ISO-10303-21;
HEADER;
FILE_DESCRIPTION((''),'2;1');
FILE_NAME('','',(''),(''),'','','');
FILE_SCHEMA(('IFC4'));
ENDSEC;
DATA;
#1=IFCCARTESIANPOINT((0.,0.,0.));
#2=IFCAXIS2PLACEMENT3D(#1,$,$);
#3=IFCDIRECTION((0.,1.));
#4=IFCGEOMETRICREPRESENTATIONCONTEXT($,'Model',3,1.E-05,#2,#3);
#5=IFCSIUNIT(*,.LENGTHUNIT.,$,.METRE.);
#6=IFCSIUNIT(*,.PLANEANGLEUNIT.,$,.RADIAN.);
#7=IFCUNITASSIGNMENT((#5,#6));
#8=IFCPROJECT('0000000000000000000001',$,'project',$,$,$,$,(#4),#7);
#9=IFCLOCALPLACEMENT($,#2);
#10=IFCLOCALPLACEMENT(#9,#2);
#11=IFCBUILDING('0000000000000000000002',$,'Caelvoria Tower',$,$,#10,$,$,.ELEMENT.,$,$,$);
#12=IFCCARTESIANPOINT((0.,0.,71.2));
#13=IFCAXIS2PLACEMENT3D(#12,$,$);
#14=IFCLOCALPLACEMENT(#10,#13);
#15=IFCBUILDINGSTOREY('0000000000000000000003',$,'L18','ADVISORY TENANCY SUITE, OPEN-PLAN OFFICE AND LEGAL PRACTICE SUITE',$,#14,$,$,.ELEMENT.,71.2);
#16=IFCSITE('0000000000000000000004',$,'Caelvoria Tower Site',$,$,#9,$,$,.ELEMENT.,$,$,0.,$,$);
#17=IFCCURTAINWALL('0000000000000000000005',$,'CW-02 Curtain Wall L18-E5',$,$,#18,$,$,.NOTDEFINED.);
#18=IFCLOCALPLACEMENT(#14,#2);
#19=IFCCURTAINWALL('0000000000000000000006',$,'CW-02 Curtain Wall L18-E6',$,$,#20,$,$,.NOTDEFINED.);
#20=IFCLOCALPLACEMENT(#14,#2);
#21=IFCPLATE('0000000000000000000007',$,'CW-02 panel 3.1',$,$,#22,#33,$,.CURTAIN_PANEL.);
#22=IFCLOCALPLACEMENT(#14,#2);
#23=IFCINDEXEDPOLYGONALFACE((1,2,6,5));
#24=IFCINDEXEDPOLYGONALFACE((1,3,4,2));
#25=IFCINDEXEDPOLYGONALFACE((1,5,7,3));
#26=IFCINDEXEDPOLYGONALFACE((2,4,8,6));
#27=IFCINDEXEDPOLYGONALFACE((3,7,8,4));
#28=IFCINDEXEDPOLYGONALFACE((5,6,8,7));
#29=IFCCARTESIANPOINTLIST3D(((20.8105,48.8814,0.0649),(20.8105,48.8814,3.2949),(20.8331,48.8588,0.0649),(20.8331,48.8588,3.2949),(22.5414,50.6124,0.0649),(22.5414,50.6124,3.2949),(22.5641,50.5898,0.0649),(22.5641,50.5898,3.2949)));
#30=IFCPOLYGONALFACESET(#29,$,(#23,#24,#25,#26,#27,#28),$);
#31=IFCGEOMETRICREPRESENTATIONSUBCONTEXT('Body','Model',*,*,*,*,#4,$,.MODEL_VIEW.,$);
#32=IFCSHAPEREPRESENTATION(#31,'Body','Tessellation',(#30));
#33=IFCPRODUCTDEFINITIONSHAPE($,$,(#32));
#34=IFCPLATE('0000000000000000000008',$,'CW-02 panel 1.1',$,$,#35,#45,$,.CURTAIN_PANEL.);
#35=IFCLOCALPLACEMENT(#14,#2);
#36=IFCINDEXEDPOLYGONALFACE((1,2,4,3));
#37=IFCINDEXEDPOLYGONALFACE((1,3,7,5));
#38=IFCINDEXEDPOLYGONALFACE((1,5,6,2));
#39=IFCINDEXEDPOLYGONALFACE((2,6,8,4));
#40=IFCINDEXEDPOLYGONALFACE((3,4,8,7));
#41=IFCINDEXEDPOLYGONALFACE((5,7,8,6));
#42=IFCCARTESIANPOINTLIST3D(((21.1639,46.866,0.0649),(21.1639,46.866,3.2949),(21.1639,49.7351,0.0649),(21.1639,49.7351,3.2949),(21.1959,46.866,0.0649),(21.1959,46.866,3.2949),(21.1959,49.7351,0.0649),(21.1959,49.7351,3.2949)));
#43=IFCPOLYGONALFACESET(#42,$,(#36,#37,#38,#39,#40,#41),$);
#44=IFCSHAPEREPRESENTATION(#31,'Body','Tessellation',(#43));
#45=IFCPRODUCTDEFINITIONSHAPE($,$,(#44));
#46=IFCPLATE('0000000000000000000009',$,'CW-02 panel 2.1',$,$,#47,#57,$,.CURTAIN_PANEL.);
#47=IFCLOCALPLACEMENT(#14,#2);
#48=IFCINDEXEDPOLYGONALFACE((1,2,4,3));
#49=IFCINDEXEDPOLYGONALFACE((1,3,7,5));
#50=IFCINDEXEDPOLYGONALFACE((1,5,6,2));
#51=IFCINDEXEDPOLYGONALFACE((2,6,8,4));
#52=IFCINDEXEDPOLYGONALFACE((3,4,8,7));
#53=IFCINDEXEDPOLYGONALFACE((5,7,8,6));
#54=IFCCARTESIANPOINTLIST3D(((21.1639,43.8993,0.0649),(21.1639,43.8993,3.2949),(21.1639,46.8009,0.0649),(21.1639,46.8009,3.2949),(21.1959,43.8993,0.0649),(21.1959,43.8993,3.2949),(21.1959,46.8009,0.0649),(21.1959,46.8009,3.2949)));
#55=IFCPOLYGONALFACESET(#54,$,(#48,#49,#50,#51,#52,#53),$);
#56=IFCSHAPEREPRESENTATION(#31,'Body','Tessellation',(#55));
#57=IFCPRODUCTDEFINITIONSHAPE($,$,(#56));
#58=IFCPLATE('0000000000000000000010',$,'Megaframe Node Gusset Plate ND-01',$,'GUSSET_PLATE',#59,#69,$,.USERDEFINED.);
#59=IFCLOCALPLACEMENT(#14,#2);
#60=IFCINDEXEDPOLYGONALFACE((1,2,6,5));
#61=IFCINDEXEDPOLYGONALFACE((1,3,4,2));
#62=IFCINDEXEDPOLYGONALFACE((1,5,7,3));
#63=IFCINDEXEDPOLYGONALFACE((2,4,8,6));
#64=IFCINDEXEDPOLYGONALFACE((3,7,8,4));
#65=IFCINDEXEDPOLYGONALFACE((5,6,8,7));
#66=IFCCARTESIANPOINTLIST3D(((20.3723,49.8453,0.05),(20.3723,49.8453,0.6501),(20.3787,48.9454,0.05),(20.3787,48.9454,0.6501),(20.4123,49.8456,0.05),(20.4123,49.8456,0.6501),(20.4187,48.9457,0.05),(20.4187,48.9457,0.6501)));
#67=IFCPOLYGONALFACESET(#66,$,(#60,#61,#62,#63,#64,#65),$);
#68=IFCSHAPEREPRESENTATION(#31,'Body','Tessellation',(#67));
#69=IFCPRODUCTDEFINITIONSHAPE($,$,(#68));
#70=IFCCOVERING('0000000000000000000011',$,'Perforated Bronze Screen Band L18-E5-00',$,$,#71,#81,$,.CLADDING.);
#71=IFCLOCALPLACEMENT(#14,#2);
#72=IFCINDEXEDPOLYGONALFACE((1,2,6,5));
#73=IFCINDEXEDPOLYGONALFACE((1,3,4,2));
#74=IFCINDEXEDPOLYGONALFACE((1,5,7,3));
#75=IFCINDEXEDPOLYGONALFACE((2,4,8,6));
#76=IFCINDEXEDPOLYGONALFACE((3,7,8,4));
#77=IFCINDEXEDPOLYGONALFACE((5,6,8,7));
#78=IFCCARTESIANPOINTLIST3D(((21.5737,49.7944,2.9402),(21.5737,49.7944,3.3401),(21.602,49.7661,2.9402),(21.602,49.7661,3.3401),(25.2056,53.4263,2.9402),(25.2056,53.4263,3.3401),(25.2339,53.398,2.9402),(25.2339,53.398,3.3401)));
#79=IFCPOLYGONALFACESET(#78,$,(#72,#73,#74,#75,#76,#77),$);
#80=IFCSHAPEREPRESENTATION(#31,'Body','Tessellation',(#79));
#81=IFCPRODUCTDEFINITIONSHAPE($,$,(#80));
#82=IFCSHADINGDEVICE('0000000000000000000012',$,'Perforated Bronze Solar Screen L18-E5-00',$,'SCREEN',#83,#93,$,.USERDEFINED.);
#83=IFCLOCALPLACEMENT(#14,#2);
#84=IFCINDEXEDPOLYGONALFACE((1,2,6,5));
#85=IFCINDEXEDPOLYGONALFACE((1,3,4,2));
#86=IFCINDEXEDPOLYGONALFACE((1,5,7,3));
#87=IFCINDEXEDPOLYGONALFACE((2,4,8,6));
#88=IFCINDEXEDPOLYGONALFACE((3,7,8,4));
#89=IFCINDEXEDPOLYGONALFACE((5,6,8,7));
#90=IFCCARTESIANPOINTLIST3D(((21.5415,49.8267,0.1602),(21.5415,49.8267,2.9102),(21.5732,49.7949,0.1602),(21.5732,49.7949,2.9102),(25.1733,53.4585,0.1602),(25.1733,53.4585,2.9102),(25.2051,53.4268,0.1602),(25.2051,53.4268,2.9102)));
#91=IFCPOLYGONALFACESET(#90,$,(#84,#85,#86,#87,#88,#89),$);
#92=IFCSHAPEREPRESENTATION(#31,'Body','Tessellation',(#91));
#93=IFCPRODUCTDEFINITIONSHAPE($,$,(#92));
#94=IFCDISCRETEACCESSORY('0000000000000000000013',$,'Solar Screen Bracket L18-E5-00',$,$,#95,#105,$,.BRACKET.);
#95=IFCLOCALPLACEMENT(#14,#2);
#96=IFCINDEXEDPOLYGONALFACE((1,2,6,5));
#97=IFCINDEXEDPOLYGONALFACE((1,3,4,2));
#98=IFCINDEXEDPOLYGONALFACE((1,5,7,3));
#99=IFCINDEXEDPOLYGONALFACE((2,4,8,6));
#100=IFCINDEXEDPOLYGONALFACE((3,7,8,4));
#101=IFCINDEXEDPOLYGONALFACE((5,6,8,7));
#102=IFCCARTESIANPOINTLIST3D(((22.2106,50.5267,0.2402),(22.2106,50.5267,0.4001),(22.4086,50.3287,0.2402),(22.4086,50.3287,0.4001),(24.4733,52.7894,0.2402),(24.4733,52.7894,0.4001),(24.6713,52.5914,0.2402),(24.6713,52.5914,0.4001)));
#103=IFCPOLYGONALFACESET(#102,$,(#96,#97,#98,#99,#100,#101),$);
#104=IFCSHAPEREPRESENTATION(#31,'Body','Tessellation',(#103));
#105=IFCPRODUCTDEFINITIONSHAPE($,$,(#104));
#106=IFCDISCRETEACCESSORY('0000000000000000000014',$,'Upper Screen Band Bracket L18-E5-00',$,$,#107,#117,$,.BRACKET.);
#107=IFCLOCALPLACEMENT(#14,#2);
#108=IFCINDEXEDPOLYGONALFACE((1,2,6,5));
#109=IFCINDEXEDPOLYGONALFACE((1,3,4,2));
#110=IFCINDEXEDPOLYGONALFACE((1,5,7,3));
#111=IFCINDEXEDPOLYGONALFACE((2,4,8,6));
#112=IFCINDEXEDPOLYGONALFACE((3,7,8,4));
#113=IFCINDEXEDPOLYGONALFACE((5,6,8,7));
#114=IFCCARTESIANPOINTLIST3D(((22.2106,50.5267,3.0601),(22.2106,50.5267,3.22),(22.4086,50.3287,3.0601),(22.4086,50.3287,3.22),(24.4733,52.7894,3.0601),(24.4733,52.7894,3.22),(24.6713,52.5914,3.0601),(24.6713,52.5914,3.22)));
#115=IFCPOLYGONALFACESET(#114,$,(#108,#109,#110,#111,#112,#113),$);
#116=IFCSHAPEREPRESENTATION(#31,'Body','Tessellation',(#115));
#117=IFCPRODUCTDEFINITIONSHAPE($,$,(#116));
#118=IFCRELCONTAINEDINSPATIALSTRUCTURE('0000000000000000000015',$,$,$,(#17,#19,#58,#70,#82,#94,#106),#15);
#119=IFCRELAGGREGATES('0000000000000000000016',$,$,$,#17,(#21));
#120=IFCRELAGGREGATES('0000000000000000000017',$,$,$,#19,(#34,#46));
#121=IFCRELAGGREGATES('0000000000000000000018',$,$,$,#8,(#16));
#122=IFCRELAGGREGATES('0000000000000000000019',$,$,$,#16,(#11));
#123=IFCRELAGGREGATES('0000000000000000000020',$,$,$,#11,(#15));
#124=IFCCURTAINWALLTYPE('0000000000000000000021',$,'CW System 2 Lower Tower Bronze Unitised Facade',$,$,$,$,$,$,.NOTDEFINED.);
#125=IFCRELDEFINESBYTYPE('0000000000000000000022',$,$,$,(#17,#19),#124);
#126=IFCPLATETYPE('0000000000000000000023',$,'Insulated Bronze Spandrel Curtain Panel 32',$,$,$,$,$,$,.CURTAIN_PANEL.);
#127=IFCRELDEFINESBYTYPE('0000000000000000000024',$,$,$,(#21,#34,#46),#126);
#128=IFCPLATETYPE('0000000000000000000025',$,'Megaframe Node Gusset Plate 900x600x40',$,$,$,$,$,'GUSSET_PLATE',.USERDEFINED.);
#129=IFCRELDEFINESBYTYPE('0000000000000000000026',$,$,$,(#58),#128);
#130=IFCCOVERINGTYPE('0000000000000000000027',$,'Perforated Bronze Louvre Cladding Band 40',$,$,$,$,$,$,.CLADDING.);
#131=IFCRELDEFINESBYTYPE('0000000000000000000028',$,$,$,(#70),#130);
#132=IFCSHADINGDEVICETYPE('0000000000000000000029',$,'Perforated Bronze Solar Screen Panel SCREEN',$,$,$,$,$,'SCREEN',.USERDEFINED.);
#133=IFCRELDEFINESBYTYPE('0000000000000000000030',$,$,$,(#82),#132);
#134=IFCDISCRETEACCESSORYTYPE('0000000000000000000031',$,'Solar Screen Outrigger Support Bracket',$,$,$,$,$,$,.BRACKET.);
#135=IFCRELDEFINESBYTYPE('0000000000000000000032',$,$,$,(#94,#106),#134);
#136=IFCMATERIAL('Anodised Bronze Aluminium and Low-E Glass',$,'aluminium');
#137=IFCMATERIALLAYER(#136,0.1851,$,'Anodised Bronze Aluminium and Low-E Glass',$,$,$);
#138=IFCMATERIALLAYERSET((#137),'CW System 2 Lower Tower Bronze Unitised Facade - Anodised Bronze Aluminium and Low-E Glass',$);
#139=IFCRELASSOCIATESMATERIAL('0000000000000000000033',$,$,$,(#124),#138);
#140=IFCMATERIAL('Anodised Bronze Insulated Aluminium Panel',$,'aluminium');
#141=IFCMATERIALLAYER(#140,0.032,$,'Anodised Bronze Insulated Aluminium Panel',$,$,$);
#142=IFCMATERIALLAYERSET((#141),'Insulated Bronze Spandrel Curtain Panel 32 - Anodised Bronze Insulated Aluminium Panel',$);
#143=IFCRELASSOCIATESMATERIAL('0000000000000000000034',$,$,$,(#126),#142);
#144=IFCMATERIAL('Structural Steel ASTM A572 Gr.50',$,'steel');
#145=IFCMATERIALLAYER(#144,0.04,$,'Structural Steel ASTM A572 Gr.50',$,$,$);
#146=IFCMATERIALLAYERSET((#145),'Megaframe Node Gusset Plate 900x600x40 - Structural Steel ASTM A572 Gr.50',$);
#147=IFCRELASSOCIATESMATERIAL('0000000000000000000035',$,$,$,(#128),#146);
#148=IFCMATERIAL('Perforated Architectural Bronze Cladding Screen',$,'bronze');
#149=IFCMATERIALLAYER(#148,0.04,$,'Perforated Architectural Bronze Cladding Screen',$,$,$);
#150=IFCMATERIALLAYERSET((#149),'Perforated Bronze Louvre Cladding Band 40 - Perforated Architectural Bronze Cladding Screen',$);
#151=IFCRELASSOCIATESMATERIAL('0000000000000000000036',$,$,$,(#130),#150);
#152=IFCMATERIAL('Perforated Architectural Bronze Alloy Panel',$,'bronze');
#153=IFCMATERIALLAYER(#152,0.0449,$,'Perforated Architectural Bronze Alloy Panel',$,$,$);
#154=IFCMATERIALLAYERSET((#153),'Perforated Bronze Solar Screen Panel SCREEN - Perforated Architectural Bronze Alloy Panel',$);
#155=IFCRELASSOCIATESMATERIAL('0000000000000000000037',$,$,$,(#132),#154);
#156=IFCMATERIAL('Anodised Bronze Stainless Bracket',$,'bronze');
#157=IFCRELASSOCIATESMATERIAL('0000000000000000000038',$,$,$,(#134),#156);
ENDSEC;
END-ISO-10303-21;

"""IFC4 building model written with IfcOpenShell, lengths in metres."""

from ifc_helpers import new_model, si_unit, direction, frame, origin, origin_2d, place, context, subcontext, project, spatial, rectangle, extrude, material, layer, layer_set, type_object, element, aggregate, save


model = new_model("IFC4")

# Units and contexts
model_context = context("Model", 3, precision=1e-05, world=origin(), true_north=direction((0.0, 1.0)))
body_context = subcontext(model_context, "Body", "Model", "MODEL_VIEW")
ifc_project = project(units=[si_unit("LENGTHUNIT", "METRE"), si_unit("PLANEANGLEUNIT", "RADIAN")], contexts=[model_context])

# Site, building, storey
site_placement = place(None, origin())
site = spatial("IfcSite", under=ifc_project, at=site_placement, Name="Caelvoria Tower Site", CompositionType="ELEMENT", RefElevation=0.0)
building_placement = place(site_placement, origin())
building = spatial("IfcBuilding", under=site, at=building_placement, Name="Caelvoria Tower", CompositionType="ELEMENT")
storey_placement = place(building_placement, frame((0.0, 0.0, 71.2)))
storey = spatial("IfcBuildingStorey", under=building, at=storey_placement, Name="L18", Description="ADVISORY TENANCY SUITE, OPEN-PLAN OFFICE AND LEGAL PRACTICE SUITE", CompositionType="ELEMENT", Elevation=71.2)

# Shared definitions
ifc_material_1 = material(Name="Structural Steel ASTM A572 Gr.50", Category="steel")

# Shared definitions
ifc_material_2 = material(Name="Anodised Bronze Aluminium and Low-E Glass", Category="aluminium")
ifc_layer_1 = layer(ifc_material_2, 0.1851, Name="Anodised Bronze Aluminium and Low-E Glass")
ifc_layer_set_1 = layer_set([ifc_layer_1], Name="CW System 2 Lower Tower Bronze Unitised Facade - Anodised Bronze Aluminium and Low-E Glass")
curtain_wall_type = type_object("IfcCurtainWallType", Name="CW System 2 Lower Tower Bronze Unitised Facade", PredefinedType="NOTDEFINED", material=ifc_layer_set_1)

# Curtain walls
curtain_wall_1_placement = place(storey_placement, origin())
curtain_wall_1 = element("IfcCurtainWall", 1, at=curtain_wall_1_placement, inside=storey, type_object=curtain_wall_type, Name="CW-02 Curtain Wall L18-E5", PredefinedType="NOTDEFINED")
curtain_wall_2_placement = place(storey_placement, origin())
curtain_wall_2 = element("IfcCurtainWall", 2, at=curtain_wall_2_placement, inside=storey, type_object=curtain_wall_type, Name="CW-02 Curtain Wall L18-E6", PredefinedType="NOTDEFINED")

# Plates
ifc_material_3 = material(Name="Anodised Bronze Insulated Aluminium Panel", Category="aluminium")
ifc_layer_2 = layer(ifc_material_3, 0.032, Name="Anodised Bronze Insulated Aluminium Panel")
ifc_layer_set_2 = layer_set([ifc_layer_2], Name="Insulated Bronze Spandrel Curtain Panel 32 - Anodised Bronze Insulated Aluminium Panel")
plate_type_1 = type_object("IfcPlateType", Name="Insulated Bronze Spandrel Curtain Panel 32", PredefinedType="CURTAIN_PANEL", material=ifc_layer_set_2)
plate_1_placement = place(storey_placement, frame((21.6873, 49.7356, 0.0649), z_axis=(0.0, 0.0, 1.0), x_axis=(-0.707107, -0.707107, 0.0)))
plate_1 = element("IfcPlate", 3, at=plate_1_placement, type_object=plate_type_1, Name="CW-02 panel 3.1", PredefinedType="CURTAIN_PANEL", context=body_context, shape_type="SweptSolid", body=[
    extrude(rectangle(XDim=2.448, YDim=0.032, at=origin_2d()), origin(), (0.0, 0.0, 1.0), 3.23),
])
aggregate(curtain_wall_1, [plate_1])
plate_2_placement = place(storey_placement, frame((21.1799, 48.3005, 0.0649), z_axis=(0.0, 0.0, 1.0), x_axis=(0.0, -1.0, 0.0)))
plate_2 = element("IfcPlate", 4, at=plate_2_placement, type_object=plate_type_1, Name="CW-02 panel 1.1", PredefinedType="CURTAIN_PANEL", context=body_context, shape_type="SweptSolid", body=[
    extrude(rectangle(XDim=2.8691, YDim=0.032, at=origin_2d()), origin(), (0.0, 0.0, 1.0), 3.23),
])
plate_3_placement = place(storey_placement, frame((21.1799, 45.3501, 0.0649), z_axis=(0.0, 0.0, 1.0), x_axis=(0.0, -1.0, 0.0)))
plate_3 = element("IfcPlate", 5, at=plate_3_placement, type_object=plate_type_1, Name="CW-02 panel 2.1", PredefinedType="CURTAIN_PANEL", context=body_context, shape_type="SweptSolid", body=[
    extrude(rectangle(XDim=2.9016, YDim=0.032, at=origin_2d()), origin(), (0.0, 0.0, 1.0), 3.23),
])
aggregate(curtain_wall_2, [plate_2, plate_3])
ifc_layer_3 = layer(ifc_material_1, 0.04, Name="Structural Steel ASTM A572 Gr.50")
ifc_layer_set_3 = layer_set([ifc_layer_3], Name="Megaframe Node Gusset Plate 900x600x40 - Structural Steel ASTM A572 Gr.50")
plate_type_2 = type_object("IfcPlateType", Name="Megaframe Node Gusset Plate 900x600x40", ElementType="GUSSET_PLATE", PredefinedType="USERDEFINED", material=ifc_layer_set_3)
plate_4_placement = place(storey_placement, frame((20.3955, 49.3955, 0.05), z_axis=(0.0, 0.0, 1.0), x_axis=(0.007151, -0.999974, 0.0)))
element("IfcPlate", 6, at=plate_4_placement, inside=storey, type_object=plate_type_2, Name="Megaframe Node Gusset Plate ND-01", ObjectType="GUSSET_PLATE", PredefinedType="USERDEFINED", context=body_context, shape_type="SweptSolid", body=[
    extrude(rectangle(XDim=0.8999, YDim=0.04, at=origin_2d()), origin(), (0.0, 0.0, 1.0), 0.6001),
])

# Covering
ifc_material_4 = material(Name="Perforated Architectural Bronze Cladding Screen", Category="bronze")
ifc_layer_4 = layer(ifc_material_4, 0.04, Name="Perforated Architectural Bronze Cladding Screen")
ifc_layer_set_4 = layer_set([ifc_layer_4], Name="Perforated Bronze Louvre Cladding Band 40 - Perforated Architectural Bronze Cladding Screen")
covering_type = type_object("IfcCoveringType", Name="Perforated Bronze Louvre Cladding Band 40", PredefinedType="CLADDING", material=ifc_layer_set_4)
covering_placement = place(storey_placement, frame((23.4038, 51.5962, 2.9402), z_axis=(0.0, 0.0, 1.0), x_axis=(-0.707107, -0.707107, 0.0)))
element("IfcCovering", 7, at=covering_placement, inside=storey, type_object=covering_type, Name="Perforated Bronze Screen Band L18-E5-00", PredefinedType="CLADDING", context=body_context, shape_type="SweptSolid", body=[
    extrude(rectangle(XDim=5.1362, YDim=0.04, at=origin_2d()), origin(), (0.0, 0.0, 1.0), 0.3999),
])

# Shading device
ifc_material_5 = material(Name="Perforated Architectural Bronze Alloy Panel", Category="bronze")
ifc_layer_5 = layer(ifc_material_5, 0.0449, Name="Perforated Architectural Bronze Alloy Panel")
ifc_layer_set_5 = layer_set([ifc_layer_5], Name="Perforated Bronze Solar Screen Panel SCREEN - Perforated Architectural Bronze Alloy Panel")
shading_device_type = type_object("IfcShadingDeviceType", Name="Perforated Bronze Solar Screen Panel SCREEN", ElementType="SCREEN", PredefinedType="USERDEFINED", material=ifc_layer_set_5)
shading_device_placement = place(storey_placement, frame((23.3733, 51.6267, 0.1602), z_axis=(0.0, 0.0, 1.0), x_axis=(-0.707107, -0.707107, 0.0)))
element("IfcShadingDevice", 8, at=shading_device_placement, inside=storey, type_object=shading_device_type, Name="Perforated Bronze Solar Screen L18-E5-00", ObjectType="SCREEN", PredefinedType="USERDEFINED", context=body_context, shape_type="SweptSolid", body=[
    extrude(rectangle(XDim=5.1362, YDim=0.0449, at=origin_2d()), origin(), (0.0, 0.0, 1.0), 2.75),
])

# Discrete accessories
ifc_material_6 = material(Name="Anodised Bronze Stainless Bracket", Category="bronze")
discrete_accessory_type = type_object("IfcDiscreteAccessoryType", Name="Solar Screen Outrigger Support Bracket", PredefinedType="BRACKET", material=ifc_material_6)
for number, where, z_axis, x_axis, name in (
    (9, (23.4409, 51.5591, 0.2402), (0.0, 0.0, 1.0), (-0.707107, -0.707107, 0.0), "Solar Screen Bracket L18-E5-00"),
    (10, (23.4409, 51.5591, 3.0601), (0.0, 0.0, 1.0), (-0.707107, -0.707107, 0.0), "Upper Screen Band Bracket L18-E5-00"),
):
    element("IfcDiscreteAccessory", number, at=place(storey_placement, frame(where, z_axis=z_axis, x_axis=x_axis)), inside=storey, type_object=discrete_accessory_type, Name=name, PredefinedType="BRACKET", context=body_context, shape_type="SweptSolid", body=[
        extrude(rectangle(XDim=3.2, YDim=0.28, at=origin_2d()), origin(), (0.0, 0.0, 1.0), 0.1599),
    ])

save(model, "model.ifc")
